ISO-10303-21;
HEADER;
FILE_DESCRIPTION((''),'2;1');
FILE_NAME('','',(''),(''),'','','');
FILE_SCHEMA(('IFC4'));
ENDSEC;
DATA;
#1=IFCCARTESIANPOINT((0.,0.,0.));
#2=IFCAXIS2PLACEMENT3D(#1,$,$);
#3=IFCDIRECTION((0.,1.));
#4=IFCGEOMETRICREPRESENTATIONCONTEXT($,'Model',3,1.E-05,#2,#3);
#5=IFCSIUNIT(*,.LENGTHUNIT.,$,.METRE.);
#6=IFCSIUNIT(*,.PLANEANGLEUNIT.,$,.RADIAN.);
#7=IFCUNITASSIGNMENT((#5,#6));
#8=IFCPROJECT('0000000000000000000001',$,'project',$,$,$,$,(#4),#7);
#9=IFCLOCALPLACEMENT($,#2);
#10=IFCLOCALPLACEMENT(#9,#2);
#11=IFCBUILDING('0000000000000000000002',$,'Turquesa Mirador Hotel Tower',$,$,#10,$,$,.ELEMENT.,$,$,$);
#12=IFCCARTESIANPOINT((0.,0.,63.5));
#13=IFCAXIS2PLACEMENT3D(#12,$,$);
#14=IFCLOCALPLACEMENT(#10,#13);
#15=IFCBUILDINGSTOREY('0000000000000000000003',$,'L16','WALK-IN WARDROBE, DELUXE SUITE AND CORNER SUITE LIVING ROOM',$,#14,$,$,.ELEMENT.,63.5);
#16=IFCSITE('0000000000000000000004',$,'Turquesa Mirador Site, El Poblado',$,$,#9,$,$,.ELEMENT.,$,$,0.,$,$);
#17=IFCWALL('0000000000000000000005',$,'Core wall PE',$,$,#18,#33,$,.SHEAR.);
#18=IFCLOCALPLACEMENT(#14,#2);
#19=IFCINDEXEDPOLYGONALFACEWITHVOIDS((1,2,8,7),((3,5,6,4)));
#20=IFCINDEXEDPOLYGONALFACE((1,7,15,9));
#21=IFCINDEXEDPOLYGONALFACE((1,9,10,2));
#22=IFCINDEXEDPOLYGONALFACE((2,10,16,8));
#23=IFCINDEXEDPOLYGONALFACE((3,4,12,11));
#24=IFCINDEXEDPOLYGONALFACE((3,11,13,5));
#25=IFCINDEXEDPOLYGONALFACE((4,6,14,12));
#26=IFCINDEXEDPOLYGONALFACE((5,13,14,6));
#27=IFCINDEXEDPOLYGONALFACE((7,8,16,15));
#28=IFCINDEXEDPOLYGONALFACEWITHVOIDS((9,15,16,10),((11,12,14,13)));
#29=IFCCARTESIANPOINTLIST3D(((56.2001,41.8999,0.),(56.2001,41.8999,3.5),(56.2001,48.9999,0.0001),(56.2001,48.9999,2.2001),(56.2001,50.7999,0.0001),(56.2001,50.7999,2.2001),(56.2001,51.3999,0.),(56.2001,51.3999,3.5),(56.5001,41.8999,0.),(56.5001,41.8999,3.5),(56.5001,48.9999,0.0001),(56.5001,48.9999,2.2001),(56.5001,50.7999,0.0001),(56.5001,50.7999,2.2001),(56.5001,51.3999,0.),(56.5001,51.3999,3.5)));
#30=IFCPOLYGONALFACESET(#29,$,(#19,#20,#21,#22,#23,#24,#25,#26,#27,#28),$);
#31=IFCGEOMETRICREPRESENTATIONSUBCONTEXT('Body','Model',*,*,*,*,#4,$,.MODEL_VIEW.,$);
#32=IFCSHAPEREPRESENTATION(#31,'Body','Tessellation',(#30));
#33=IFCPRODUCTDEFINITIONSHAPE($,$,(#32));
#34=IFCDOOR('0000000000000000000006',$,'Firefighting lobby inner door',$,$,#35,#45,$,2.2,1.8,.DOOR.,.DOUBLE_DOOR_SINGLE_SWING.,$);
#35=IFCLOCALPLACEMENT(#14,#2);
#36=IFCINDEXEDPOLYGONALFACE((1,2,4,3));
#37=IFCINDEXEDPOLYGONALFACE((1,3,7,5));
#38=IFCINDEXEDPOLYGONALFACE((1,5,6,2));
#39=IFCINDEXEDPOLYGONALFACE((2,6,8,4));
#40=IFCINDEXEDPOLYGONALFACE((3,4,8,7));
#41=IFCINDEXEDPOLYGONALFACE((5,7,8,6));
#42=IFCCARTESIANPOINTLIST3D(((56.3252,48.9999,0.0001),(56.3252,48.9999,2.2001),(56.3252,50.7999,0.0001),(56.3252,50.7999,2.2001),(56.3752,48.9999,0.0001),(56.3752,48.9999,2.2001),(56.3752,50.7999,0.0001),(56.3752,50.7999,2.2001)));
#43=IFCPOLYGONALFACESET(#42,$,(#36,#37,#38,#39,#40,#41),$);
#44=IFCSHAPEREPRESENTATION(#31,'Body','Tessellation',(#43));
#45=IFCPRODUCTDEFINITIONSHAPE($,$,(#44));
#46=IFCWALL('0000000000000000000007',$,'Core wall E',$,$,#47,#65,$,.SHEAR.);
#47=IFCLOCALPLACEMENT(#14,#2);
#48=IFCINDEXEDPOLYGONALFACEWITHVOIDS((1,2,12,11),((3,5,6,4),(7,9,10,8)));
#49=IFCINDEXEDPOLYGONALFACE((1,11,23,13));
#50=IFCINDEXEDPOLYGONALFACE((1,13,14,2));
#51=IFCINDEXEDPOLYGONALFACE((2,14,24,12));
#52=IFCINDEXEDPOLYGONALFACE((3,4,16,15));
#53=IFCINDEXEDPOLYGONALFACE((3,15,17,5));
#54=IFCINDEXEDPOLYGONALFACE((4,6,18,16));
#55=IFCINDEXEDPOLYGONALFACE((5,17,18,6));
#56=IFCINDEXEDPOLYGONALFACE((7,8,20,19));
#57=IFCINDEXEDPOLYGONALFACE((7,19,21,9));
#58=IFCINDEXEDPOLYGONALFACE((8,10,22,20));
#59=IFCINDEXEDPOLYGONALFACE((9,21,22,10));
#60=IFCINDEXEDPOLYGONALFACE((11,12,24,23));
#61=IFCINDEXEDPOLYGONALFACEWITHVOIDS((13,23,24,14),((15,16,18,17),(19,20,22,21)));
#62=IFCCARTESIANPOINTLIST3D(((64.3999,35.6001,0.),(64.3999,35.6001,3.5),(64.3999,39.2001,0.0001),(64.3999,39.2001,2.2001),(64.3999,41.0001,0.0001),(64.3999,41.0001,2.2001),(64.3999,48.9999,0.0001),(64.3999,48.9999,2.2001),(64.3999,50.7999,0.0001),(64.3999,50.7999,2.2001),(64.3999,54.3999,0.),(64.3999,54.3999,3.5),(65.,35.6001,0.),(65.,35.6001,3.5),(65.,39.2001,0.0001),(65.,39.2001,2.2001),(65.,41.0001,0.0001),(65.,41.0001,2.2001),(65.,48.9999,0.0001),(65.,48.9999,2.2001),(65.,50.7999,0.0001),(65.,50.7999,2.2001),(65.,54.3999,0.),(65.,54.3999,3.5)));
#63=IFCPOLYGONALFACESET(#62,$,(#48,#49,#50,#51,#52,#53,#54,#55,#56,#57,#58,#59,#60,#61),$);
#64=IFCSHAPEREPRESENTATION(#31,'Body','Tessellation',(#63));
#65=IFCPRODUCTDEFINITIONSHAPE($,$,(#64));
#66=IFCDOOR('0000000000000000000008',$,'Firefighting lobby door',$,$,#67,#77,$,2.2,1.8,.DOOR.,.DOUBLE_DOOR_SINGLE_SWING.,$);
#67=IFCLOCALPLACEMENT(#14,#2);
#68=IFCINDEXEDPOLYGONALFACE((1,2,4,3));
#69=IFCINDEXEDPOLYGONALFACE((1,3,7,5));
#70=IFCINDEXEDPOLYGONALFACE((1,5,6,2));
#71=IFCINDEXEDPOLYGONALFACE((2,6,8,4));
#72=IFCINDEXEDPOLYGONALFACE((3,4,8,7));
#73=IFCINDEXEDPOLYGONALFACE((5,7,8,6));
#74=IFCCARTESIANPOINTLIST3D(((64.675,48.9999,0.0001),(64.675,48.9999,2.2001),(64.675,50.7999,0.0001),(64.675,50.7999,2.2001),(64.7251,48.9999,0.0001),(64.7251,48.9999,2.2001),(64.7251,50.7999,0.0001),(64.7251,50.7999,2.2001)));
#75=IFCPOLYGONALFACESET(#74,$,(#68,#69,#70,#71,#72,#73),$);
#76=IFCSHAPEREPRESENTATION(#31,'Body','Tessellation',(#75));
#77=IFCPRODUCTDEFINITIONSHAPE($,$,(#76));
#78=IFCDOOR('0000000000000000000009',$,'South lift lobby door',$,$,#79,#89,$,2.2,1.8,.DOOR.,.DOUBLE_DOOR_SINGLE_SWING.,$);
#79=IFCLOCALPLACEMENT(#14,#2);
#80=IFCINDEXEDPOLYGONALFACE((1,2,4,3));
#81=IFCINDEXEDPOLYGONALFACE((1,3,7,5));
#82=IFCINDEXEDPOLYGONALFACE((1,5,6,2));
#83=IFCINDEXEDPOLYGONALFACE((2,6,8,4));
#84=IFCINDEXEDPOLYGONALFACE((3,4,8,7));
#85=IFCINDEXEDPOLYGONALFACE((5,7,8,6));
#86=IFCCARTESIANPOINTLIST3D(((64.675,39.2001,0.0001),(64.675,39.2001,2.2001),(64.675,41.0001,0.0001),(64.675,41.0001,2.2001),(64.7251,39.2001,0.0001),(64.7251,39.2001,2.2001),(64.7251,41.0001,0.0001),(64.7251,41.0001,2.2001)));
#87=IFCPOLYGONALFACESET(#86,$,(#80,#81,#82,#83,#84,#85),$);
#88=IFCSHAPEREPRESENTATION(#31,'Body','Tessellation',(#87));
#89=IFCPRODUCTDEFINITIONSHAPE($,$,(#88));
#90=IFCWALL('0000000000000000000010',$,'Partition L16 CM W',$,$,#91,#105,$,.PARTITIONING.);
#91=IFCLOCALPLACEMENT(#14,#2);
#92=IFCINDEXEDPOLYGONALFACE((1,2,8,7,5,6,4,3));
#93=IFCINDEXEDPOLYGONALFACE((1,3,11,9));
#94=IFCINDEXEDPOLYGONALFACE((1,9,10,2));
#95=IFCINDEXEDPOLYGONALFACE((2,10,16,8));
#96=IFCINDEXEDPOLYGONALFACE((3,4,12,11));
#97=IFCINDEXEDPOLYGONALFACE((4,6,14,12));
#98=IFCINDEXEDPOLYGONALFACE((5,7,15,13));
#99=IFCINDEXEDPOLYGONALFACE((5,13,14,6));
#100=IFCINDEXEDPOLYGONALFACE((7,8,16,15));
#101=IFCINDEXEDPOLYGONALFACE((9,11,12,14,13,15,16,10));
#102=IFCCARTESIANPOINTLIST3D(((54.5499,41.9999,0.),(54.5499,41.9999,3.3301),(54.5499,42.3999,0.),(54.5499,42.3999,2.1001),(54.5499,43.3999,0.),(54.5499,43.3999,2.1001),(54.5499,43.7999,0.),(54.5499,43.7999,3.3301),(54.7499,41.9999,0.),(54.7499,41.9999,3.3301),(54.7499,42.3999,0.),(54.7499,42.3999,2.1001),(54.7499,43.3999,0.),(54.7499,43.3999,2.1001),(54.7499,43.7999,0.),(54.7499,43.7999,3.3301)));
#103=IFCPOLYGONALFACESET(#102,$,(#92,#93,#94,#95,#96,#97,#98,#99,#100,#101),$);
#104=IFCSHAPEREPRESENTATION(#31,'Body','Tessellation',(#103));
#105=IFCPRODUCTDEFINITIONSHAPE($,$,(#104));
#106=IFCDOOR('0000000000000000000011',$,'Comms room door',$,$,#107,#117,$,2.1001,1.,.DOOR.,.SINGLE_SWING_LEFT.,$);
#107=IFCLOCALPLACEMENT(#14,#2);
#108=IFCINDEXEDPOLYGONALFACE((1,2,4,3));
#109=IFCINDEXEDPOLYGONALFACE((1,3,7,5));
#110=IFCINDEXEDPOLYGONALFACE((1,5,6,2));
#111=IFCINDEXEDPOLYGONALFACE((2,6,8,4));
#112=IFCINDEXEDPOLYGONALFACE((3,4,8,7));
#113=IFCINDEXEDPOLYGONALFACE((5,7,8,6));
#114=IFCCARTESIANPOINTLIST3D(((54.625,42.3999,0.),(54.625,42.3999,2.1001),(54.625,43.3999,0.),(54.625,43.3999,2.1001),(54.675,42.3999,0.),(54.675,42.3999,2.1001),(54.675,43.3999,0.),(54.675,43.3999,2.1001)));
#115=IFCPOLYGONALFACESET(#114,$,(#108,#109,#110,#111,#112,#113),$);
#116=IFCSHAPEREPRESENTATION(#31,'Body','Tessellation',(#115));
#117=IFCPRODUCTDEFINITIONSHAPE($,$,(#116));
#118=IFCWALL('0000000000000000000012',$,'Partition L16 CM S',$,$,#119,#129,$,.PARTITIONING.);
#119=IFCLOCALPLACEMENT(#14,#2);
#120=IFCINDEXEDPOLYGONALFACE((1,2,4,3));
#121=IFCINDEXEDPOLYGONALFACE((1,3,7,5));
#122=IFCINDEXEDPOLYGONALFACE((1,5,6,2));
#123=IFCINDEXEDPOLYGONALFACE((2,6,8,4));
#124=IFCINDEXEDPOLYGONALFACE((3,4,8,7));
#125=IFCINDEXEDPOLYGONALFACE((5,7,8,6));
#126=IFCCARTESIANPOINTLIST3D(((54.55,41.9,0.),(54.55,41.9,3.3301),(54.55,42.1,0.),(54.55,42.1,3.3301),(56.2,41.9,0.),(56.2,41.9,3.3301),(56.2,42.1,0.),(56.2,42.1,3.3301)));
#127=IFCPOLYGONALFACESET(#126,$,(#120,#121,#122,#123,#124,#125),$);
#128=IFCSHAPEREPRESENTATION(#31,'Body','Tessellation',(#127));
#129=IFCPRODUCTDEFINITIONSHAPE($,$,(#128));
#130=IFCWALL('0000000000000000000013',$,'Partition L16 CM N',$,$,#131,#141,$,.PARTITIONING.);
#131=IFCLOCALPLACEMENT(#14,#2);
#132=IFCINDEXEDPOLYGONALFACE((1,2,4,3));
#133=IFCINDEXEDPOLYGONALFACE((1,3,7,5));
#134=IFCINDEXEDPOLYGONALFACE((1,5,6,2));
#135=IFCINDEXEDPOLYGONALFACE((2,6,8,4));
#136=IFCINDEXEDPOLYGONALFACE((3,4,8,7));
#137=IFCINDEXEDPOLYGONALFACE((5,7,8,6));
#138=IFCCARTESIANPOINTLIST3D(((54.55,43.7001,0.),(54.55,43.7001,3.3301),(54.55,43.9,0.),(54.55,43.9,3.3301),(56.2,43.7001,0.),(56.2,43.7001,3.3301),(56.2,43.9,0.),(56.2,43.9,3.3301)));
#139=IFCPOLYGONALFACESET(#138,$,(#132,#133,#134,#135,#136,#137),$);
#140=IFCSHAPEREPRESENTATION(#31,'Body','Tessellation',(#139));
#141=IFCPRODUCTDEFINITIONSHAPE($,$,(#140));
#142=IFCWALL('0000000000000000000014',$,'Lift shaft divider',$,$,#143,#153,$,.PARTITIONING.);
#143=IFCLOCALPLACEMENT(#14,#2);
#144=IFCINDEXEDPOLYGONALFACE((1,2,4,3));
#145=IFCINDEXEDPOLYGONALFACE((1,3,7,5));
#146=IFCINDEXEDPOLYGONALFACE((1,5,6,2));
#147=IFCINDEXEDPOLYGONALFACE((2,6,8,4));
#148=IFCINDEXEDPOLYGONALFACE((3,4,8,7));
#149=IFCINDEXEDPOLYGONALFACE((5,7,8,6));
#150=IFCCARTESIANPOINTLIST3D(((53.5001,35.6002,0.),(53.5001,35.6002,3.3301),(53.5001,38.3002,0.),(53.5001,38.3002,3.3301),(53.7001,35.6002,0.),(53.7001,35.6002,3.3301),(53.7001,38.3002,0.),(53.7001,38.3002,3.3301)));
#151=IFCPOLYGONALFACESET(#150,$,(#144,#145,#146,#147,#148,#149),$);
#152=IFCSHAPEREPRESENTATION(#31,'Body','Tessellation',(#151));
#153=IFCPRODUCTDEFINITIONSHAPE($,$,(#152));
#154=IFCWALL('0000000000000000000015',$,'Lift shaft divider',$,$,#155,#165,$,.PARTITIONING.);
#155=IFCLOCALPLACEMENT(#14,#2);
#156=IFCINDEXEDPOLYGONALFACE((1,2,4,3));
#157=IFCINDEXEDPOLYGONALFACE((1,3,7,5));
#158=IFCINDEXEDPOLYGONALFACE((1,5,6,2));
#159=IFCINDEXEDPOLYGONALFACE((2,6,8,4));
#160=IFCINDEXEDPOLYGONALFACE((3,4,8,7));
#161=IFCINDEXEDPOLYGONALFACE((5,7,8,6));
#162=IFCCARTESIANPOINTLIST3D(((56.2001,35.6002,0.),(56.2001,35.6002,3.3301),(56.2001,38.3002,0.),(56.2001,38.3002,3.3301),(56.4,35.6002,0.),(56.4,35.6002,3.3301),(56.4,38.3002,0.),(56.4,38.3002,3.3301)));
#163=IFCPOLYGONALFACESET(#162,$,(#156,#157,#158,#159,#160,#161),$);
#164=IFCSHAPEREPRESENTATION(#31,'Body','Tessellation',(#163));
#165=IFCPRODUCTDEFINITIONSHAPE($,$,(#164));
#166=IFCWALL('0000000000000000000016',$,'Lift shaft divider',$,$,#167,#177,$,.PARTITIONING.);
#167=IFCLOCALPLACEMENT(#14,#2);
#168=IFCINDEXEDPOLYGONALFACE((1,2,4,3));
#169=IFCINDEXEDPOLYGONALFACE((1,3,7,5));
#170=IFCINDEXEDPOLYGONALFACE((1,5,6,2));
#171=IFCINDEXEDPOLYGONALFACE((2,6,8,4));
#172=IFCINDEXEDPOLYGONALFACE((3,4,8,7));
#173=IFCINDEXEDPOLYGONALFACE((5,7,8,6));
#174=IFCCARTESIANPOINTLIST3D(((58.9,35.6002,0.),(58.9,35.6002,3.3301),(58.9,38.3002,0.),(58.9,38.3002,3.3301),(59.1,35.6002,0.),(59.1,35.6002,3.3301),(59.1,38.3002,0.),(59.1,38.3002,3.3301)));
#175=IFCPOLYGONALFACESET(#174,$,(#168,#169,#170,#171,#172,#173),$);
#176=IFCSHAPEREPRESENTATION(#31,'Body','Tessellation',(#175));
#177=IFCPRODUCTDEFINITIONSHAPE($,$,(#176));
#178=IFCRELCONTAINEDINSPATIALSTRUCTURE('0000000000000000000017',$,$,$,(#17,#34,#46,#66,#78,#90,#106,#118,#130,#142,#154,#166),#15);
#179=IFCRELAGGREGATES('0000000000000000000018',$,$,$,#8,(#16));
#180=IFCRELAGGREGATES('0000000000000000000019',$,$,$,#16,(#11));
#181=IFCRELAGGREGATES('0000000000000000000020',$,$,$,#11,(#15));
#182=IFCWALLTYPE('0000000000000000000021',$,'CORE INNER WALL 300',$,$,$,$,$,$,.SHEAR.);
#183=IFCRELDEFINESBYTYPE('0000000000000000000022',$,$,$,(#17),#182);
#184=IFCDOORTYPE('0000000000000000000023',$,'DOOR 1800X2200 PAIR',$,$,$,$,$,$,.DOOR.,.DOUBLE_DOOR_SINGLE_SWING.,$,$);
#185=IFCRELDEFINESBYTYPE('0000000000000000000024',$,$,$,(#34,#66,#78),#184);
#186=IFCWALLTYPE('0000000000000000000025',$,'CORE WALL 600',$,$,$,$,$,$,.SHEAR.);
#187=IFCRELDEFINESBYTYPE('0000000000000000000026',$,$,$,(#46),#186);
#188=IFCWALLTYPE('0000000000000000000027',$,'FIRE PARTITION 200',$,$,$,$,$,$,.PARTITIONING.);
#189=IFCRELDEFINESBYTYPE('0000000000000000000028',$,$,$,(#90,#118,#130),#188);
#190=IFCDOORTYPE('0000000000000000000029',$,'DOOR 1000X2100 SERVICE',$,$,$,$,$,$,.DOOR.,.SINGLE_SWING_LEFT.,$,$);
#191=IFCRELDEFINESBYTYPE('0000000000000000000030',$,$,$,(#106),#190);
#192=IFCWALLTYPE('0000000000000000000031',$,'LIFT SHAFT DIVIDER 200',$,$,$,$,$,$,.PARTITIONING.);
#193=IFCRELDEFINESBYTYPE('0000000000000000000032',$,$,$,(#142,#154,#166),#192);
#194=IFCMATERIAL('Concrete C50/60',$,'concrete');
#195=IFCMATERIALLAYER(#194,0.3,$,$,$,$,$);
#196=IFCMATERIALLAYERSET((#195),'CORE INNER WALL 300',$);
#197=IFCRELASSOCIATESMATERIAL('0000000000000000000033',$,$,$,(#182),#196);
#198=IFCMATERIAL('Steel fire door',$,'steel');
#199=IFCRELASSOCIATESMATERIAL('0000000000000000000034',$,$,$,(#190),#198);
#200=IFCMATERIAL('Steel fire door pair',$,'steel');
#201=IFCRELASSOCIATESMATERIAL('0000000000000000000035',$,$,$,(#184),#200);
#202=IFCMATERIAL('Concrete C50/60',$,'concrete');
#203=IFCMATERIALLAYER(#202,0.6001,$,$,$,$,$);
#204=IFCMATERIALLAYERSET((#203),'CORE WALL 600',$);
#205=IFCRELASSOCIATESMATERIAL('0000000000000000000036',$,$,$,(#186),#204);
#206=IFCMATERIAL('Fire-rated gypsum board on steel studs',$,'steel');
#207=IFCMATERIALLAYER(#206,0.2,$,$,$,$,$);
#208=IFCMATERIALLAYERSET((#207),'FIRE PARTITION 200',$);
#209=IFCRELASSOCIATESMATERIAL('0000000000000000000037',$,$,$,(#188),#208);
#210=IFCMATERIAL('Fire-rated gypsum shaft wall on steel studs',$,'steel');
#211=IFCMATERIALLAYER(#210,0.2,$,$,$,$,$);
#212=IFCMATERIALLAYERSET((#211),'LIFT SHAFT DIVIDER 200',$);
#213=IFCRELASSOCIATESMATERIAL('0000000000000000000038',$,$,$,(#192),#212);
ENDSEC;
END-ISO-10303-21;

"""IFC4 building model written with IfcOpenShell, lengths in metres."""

from ifc_helpers import new_model, si_unit, direction, frame, frame_2d, origin, place, context, subcontext, project, spatial, rectangle, extrude, material, layer, layer_set, type_object, element, fill, save


model = new_model("IFC4")

# Units and contexts
model_context = context("Model", 3, precision=1e-05, world=origin(), true_north=direction((0.0, 1.0)))
body_context = subcontext(model_context, "Body", "Model", "MODEL_VIEW")
ifc_project = project(units=[si_unit("LENGTHUNIT", "METRE"), si_unit("PLANEANGLEUNIT", "RADIAN")], contexts=[model_context])

# Site, building, storey
site_placement = place(None, origin())
site = spatial("IfcSite", under=ifc_project, at=site_placement, Name="Turquesa Mirador Site, El Poblado", CompositionType="ELEMENT", RefElevation=0.0)
building_placement = place(site_placement, origin())
building = spatial("IfcBuilding", under=site, at=building_placement, Name="Turquesa Mirador Hotel Tower", CompositionType="ELEMENT")
storey_placement = place(building_placement, frame((0.0, 0.0, 63.5)))
storey = spatial("IfcBuildingStorey", under=building, at=storey_placement, Name="L16", Description="WALK-IN WARDROBE, DELUXE SUITE AND CORNER SUITE LIVING ROOM", CompositionType="ELEMENT", Elevation=63.5)

# Wall, opening, door
ifc_material_1 = material(Name="Concrete C50/60", Category="concrete")
ifc_layer_1 = layer(ifc_material_1, 0.3)
ifc_layer_set_1 = layer_set([ifc_layer_1], Name="CORE INNER WALL 300")
wall_type_1 = type_object("IfcWallType", Name="CORE INNER WALL 300", PredefinedType="SHEAR", material=ifc_layer_set_1)
ifc_material_2 = material(Name="Steel fire door", Category="steel")
door_type_1 = type_object("IfcDoorType", Name="DOOR 1000X2100 SERVICE", OperationType="SINGLE_SWING_LEFT", PredefinedType="DOOR", material=ifc_material_2)
wall_1_placement = place(storey_placement, frame((56.3501, 41.8999, 0.0), z_axis=(0.0, 0.0, 1.0), x_axis=(0.0, 1.0, 0.0)))
wall_1 = element("IfcWall", 1, at=wall_1_placement, inside=storey, type_object=wall_type_1, Name="Core wall PE", PredefinedType="SHEAR", context=body_context, shape_type="SweptSolid", body=[
    extrude(rectangle(XDim=9.5, YDim=0.3, at=frame_2d((4.75, 0.0))), origin(), (0.0, 0.0, 1.0), 3.5),
])
opening_1_placement = place(wall_1_placement, frame((7.1001, 0.0, 0.0)))
opening_1 = element("IfcOpeningElement", 2, at=opening_1_placement, cuts=wall_1, PredefinedType="OPENING", context=body_context, shape_type="SweptSolid", body=[
    extrude(rectangle(XDim=1.8, YDim=2.2, at=frame_2d((0.8999, 1.1001))), frame((0.0, 0.1599, 0.0), z_axis=(0.0, -1.0, 0.0), x_axis=(1.0, 0.0, 0.0)), (0.0, 0.0, 1.0), 0.3201),
])
ifc_material_3 = material(Name="Steel fire door pair", Category="steel")
door_type_2 = type_object("IfcDoorType", Name="DOOR 1800X2200 PAIR", OperationType="DOUBLE_DOOR_SINGLE_SWING", PredefinedType="DOOR", material=ifc_material_3)
door_1_placement = place(opening_1_placement, origin())
door_1 = element("IfcDoor", 3, at=door_1_placement, inside=storey, type_object=door_type_2, Name="Firefighting lobby inner door", OperationType="DOUBLE_DOOR_SINGLE_SWING", OverallHeight=2.2, OverallWidth=1.8, PredefinedType="DOOR", context=body_context, shape_type="SweptSolid", body=[
    extrude(rectangle(XDim=1.8, YDim=2.2, at=frame_2d((0.8999, 1.1001))), frame((0.0, 0.0249, 0.0), z_axis=(0.0, -1.0, 0.0), x_axis=(1.0, 0.0, 0.0)), (0.0, 0.0, 1.0), 0.05),
])
fill(opening_1, door_1)

# Wall, openings, doors
ifc_material_4 = material(Name="Concrete C50/60", Category="concrete")
ifc_layer_2 = layer(ifc_material_4, 0.6001)
ifc_layer_set_2 = layer_set([ifc_layer_2], Name="CORE WALL 600")
wall_type_2 = type_object("IfcWallType", Name="CORE WALL 600", PredefinedType="SHEAR", material=ifc_layer_set_2)
wall_2_placement = place(storey_placement, frame((64.7, 35.6001, 0.0), z_axis=(0.0, 0.0, 1.0), x_axis=(0.0, 1.0, 0.0)))
wall_2 = element("IfcWall", 4, at=wall_2_placement, inside=storey, type_object=wall_type_2, Name="Core wall E", PredefinedType="SHEAR", context=body_context, shape_type="SweptSolid", body=[
    extrude(rectangle(XDim=18.7998, YDim=0.6001, at=frame_2d((9.3999, 0.0))), origin(), (0.0, 0.0, 1.0), 3.5),
])
opening_2_placement = place(wall_2_placement, frame((13.3999, 0.0, 0.0)))
opening_2 = element("IfcOpeningElement", 5, at=opening_2_placement, cuts=wall_2, PredefinedType="OPENING", context=body_context, shape_type="SweptSolid", body=[
    extrude(rectangle(XDim=1.8, YDim=2.2, at=frame_2d((0.8999, 1.1001))), frame((0.0, 0.3101, 0.0), z_axis=(0.0, -1.0, 0.0), x_axis=(1.0, 0.0, 0.0)), (0.0, 0.0, 1.0), 0.6201),
])
opening_3_placement = place(wall_2_placement, frame((3.6001, 0.0, 0.0)))
opening_3 = element("IfcOpeningElement", 6, at=opening_3_placement, cuts=wall_2, PredefinedType="OPENING", context=body_context, shape_type="SweptSolid", body=[
    extrude(rectangle(XDim=1.8, YDim=2.2, at=frame_2d((0.8999, 1.1001))), frame((0.0, 0.3101, 0.0), z_axis=(0.0, -1.0, 0.0), x_axis=(1.0, 0.0, 0.0)), (0.0, 0.0, 1.0), 0.6201),
])
door_2_placement = place(opening_2_placement, origin())
door_2 = element("IfcDoor", 7, at=door_2_placement, inside=storey, type_object=door_type_2, Name="Firefighting lobby door", OperationType="DOUBLE_DOOR_SINGLE_SWING", OverallHeight=2.2, OverallWidth=1.8, PredefinedType="DOOR", context=body_context, shape_type="SweptSolid", body=[
    extrude(rectangle(XDim=1.8, YDim=2.2, at=frame_2d((0.8999, 1.1001))), frame((0.0, 0.0249, 0.0), z_axis=(0.0, -1.0, 0.0), x_axis=(1.0, 0.0, 0.0)), (0.0, 0.0, 1.0), 0.05),
])
fill(opening_2, door_2)
door_3_placement = place(opening_3_placement, origin())
door_3 = element("IfcDoor", 8, at=door_3_placement, inside=storey, type_object=door_type_2, Name="South lift lobby door", OperationType="DOUBLE_DOOR_SINGLE_SWING", OverallHeight=2.2, OverallWidth=1.8, PredefinedType="DOOR", context=body_context, shape_type="SweptSolid", body=[
    extrude(rectangle(XDim=1.8, YDim=2.2, at=frame_2d((0.8999, 1.1001))), frame((0.0, 0.0249, 0.0), z_axis=(0.0, -1.0, 0.0), x_axis=(1.0, 0.0, 0.0)), (0.0, 0.0, 1.0), 0.05),
])
fill(opening_3, door_3)

# Wall, opening, door
ifc_material_5 = material(Name="Fire-rated gypsum board on steel studs", Category="steel")
ifc_layer_3 = layer(ifc_material_5, 0.2)
ifc_layer_set_3 = layer_set([ifc_layer_3], Name="FIRE PARTITION 200")
wall_type_3 = type_object("IfcWallType", Name="FIRE PARTITION 200", PredefinedType="PARTITIONING", material=ifc_layer_set_3)
wall_3_placement = place(storey_placement, frame((54.6499, 42.0, 0.0), z_axis=(0.0, 0.0, 1.0), x_axis=(0.0, 1.0, 0.0)))
wall_3 = element("IfcWall", 9, at=wall_3_placement, inside=storey, type_object=wall_type_3, Name="Partition L16 CM W", PredefinedType="PARTITIONING", context=body_context, shape_type="SweptSolid", body=[
    extrude(rectangle(XDim=1.8, YDim=0.2, at=frame_2d((0.8999, 0.0))), origin(), (0.0, 0.0, 1.0), 3.3301),
])
opening_4_placement = place(wall_3_placement, frame((0.3999, 0.0, 0.0)))
opening_4 = element("IfcOpeningElement", 10, at=opening_4_placement, cuts=wall_3, PredefinedType="OPENING", context=body_context, shape_type="SweptSolid", body=[
    extrude(rectangle(XDim=1.0, YDim=2.1001, at=frame_2d((0.5, 1.05))), frame((0.0, 0.1099, 0.0), z_axis=(0.0, -1.0, 0.0), x_axis=(1.0, 0.0, 0.0)), (0.0, 0.0, 1.0), 0.22),
])
door_4_placement = place(opening_4_placement, origin())
door_4 = element("IfcDoor", 11, at=door_4_placement, inside=storey, type_object=door_type_1, Name="Comms room door", OperationType="SINGLE_SWING_LEFT", OverallHeight=2.1001, OverallWidth=1.0, PredefinedType="DOOR", context=body_context, shape_type="SweptSolid", body=[
    extrude(rectangle(XDim=1.0, YDim=2.1001, at=frame_2d((0.5, 1.05))), frame((0.0, 0.0249, 0.0), z_axis=(0.0, -1.0, 0.0), x_axis=(1.0, 0.0, 0.0)), (0.0, 0.0, 1.0), 0.05),
])
fill(opening_4, door_4)

# Walls
for number, where, z_axis, x_axis, name in (
    (12, (54.55, 42.0, 0.0), (0.0, 0.0, 1.0), (1.0, 0.0, 0.0), "Partition L16 CM S"),
    (13, (54.55, 43.8, 0.0), (0.0, 0.0, 1.0), (1.0, 0.0, 0.0), "Partition L16 CM N"),
):
    element("IfcWall", number, at=place(storey_placement, frame(where, z_axis=z_axis, x_axis=x_axis)), inside=storey, type_object=wall_type_3, Name=name, PredefinedType="PARTITIONING", context=body_context, shape_type="SweptSolid", body=[
        extrude(rectangle(XDim=1.6499, YDim=0.2, at=frame_2d((0.825, 0.0))), origin(), (0.0, 0.0, 1.0), 3.3301),
    ])
ifc_material_6 = material(Name="Fire-rated gypsum shaft wall on steel studs", Category="steel")
ifc_layer_4 = layer(ifc_material_6, 0.2)
ifc_layer_set_4 = layer_set([ifc_layer_4], Name="LIFT SHAFT DIVIDER 200")
wall_type_4 = type_object("IfcWallType", Name="LIFT SHAFT DIVIDER 200", PredefinedType="PARTITIONING", material=ifc_layer_set_4)
for number, where, z_axis, x_axis, name in (
    (14, (53.6001, 35.6001, 0.0), (0.0, 0.0, 1.0), (0.0, 1.0, 0.0), "Lift shaft divider"),
    (15, (56.3, 35.6001, 0.0), (0.0, 0.0, 1.0), (0.0, 1.0, 0.0), "Lift shaft divider"),
    (16, (59.0, 35.6001, 0.0), (0.0, 0.0, 1.0), (0.0, 1.0, 0.0), "Lift shaft divider"),
):
    element("IfcWall", number, at=place(storey_placement, frame(where, z_axis=z_axis, x_axis=x_axis)), inside=storey, type_object=wall_type_4, Name=name, PredefinedType="PARTITIONING", context=body_context, shape_type="SweptSolid", body=[
        extrude(rectangle(XDim=2.7, YDim=0.2, at=frame_2d((1.3501, 0.0))), origin(), (0.0, 0.0, 1.0), 3.3301),
    ])

save(model, "model.ifc")
